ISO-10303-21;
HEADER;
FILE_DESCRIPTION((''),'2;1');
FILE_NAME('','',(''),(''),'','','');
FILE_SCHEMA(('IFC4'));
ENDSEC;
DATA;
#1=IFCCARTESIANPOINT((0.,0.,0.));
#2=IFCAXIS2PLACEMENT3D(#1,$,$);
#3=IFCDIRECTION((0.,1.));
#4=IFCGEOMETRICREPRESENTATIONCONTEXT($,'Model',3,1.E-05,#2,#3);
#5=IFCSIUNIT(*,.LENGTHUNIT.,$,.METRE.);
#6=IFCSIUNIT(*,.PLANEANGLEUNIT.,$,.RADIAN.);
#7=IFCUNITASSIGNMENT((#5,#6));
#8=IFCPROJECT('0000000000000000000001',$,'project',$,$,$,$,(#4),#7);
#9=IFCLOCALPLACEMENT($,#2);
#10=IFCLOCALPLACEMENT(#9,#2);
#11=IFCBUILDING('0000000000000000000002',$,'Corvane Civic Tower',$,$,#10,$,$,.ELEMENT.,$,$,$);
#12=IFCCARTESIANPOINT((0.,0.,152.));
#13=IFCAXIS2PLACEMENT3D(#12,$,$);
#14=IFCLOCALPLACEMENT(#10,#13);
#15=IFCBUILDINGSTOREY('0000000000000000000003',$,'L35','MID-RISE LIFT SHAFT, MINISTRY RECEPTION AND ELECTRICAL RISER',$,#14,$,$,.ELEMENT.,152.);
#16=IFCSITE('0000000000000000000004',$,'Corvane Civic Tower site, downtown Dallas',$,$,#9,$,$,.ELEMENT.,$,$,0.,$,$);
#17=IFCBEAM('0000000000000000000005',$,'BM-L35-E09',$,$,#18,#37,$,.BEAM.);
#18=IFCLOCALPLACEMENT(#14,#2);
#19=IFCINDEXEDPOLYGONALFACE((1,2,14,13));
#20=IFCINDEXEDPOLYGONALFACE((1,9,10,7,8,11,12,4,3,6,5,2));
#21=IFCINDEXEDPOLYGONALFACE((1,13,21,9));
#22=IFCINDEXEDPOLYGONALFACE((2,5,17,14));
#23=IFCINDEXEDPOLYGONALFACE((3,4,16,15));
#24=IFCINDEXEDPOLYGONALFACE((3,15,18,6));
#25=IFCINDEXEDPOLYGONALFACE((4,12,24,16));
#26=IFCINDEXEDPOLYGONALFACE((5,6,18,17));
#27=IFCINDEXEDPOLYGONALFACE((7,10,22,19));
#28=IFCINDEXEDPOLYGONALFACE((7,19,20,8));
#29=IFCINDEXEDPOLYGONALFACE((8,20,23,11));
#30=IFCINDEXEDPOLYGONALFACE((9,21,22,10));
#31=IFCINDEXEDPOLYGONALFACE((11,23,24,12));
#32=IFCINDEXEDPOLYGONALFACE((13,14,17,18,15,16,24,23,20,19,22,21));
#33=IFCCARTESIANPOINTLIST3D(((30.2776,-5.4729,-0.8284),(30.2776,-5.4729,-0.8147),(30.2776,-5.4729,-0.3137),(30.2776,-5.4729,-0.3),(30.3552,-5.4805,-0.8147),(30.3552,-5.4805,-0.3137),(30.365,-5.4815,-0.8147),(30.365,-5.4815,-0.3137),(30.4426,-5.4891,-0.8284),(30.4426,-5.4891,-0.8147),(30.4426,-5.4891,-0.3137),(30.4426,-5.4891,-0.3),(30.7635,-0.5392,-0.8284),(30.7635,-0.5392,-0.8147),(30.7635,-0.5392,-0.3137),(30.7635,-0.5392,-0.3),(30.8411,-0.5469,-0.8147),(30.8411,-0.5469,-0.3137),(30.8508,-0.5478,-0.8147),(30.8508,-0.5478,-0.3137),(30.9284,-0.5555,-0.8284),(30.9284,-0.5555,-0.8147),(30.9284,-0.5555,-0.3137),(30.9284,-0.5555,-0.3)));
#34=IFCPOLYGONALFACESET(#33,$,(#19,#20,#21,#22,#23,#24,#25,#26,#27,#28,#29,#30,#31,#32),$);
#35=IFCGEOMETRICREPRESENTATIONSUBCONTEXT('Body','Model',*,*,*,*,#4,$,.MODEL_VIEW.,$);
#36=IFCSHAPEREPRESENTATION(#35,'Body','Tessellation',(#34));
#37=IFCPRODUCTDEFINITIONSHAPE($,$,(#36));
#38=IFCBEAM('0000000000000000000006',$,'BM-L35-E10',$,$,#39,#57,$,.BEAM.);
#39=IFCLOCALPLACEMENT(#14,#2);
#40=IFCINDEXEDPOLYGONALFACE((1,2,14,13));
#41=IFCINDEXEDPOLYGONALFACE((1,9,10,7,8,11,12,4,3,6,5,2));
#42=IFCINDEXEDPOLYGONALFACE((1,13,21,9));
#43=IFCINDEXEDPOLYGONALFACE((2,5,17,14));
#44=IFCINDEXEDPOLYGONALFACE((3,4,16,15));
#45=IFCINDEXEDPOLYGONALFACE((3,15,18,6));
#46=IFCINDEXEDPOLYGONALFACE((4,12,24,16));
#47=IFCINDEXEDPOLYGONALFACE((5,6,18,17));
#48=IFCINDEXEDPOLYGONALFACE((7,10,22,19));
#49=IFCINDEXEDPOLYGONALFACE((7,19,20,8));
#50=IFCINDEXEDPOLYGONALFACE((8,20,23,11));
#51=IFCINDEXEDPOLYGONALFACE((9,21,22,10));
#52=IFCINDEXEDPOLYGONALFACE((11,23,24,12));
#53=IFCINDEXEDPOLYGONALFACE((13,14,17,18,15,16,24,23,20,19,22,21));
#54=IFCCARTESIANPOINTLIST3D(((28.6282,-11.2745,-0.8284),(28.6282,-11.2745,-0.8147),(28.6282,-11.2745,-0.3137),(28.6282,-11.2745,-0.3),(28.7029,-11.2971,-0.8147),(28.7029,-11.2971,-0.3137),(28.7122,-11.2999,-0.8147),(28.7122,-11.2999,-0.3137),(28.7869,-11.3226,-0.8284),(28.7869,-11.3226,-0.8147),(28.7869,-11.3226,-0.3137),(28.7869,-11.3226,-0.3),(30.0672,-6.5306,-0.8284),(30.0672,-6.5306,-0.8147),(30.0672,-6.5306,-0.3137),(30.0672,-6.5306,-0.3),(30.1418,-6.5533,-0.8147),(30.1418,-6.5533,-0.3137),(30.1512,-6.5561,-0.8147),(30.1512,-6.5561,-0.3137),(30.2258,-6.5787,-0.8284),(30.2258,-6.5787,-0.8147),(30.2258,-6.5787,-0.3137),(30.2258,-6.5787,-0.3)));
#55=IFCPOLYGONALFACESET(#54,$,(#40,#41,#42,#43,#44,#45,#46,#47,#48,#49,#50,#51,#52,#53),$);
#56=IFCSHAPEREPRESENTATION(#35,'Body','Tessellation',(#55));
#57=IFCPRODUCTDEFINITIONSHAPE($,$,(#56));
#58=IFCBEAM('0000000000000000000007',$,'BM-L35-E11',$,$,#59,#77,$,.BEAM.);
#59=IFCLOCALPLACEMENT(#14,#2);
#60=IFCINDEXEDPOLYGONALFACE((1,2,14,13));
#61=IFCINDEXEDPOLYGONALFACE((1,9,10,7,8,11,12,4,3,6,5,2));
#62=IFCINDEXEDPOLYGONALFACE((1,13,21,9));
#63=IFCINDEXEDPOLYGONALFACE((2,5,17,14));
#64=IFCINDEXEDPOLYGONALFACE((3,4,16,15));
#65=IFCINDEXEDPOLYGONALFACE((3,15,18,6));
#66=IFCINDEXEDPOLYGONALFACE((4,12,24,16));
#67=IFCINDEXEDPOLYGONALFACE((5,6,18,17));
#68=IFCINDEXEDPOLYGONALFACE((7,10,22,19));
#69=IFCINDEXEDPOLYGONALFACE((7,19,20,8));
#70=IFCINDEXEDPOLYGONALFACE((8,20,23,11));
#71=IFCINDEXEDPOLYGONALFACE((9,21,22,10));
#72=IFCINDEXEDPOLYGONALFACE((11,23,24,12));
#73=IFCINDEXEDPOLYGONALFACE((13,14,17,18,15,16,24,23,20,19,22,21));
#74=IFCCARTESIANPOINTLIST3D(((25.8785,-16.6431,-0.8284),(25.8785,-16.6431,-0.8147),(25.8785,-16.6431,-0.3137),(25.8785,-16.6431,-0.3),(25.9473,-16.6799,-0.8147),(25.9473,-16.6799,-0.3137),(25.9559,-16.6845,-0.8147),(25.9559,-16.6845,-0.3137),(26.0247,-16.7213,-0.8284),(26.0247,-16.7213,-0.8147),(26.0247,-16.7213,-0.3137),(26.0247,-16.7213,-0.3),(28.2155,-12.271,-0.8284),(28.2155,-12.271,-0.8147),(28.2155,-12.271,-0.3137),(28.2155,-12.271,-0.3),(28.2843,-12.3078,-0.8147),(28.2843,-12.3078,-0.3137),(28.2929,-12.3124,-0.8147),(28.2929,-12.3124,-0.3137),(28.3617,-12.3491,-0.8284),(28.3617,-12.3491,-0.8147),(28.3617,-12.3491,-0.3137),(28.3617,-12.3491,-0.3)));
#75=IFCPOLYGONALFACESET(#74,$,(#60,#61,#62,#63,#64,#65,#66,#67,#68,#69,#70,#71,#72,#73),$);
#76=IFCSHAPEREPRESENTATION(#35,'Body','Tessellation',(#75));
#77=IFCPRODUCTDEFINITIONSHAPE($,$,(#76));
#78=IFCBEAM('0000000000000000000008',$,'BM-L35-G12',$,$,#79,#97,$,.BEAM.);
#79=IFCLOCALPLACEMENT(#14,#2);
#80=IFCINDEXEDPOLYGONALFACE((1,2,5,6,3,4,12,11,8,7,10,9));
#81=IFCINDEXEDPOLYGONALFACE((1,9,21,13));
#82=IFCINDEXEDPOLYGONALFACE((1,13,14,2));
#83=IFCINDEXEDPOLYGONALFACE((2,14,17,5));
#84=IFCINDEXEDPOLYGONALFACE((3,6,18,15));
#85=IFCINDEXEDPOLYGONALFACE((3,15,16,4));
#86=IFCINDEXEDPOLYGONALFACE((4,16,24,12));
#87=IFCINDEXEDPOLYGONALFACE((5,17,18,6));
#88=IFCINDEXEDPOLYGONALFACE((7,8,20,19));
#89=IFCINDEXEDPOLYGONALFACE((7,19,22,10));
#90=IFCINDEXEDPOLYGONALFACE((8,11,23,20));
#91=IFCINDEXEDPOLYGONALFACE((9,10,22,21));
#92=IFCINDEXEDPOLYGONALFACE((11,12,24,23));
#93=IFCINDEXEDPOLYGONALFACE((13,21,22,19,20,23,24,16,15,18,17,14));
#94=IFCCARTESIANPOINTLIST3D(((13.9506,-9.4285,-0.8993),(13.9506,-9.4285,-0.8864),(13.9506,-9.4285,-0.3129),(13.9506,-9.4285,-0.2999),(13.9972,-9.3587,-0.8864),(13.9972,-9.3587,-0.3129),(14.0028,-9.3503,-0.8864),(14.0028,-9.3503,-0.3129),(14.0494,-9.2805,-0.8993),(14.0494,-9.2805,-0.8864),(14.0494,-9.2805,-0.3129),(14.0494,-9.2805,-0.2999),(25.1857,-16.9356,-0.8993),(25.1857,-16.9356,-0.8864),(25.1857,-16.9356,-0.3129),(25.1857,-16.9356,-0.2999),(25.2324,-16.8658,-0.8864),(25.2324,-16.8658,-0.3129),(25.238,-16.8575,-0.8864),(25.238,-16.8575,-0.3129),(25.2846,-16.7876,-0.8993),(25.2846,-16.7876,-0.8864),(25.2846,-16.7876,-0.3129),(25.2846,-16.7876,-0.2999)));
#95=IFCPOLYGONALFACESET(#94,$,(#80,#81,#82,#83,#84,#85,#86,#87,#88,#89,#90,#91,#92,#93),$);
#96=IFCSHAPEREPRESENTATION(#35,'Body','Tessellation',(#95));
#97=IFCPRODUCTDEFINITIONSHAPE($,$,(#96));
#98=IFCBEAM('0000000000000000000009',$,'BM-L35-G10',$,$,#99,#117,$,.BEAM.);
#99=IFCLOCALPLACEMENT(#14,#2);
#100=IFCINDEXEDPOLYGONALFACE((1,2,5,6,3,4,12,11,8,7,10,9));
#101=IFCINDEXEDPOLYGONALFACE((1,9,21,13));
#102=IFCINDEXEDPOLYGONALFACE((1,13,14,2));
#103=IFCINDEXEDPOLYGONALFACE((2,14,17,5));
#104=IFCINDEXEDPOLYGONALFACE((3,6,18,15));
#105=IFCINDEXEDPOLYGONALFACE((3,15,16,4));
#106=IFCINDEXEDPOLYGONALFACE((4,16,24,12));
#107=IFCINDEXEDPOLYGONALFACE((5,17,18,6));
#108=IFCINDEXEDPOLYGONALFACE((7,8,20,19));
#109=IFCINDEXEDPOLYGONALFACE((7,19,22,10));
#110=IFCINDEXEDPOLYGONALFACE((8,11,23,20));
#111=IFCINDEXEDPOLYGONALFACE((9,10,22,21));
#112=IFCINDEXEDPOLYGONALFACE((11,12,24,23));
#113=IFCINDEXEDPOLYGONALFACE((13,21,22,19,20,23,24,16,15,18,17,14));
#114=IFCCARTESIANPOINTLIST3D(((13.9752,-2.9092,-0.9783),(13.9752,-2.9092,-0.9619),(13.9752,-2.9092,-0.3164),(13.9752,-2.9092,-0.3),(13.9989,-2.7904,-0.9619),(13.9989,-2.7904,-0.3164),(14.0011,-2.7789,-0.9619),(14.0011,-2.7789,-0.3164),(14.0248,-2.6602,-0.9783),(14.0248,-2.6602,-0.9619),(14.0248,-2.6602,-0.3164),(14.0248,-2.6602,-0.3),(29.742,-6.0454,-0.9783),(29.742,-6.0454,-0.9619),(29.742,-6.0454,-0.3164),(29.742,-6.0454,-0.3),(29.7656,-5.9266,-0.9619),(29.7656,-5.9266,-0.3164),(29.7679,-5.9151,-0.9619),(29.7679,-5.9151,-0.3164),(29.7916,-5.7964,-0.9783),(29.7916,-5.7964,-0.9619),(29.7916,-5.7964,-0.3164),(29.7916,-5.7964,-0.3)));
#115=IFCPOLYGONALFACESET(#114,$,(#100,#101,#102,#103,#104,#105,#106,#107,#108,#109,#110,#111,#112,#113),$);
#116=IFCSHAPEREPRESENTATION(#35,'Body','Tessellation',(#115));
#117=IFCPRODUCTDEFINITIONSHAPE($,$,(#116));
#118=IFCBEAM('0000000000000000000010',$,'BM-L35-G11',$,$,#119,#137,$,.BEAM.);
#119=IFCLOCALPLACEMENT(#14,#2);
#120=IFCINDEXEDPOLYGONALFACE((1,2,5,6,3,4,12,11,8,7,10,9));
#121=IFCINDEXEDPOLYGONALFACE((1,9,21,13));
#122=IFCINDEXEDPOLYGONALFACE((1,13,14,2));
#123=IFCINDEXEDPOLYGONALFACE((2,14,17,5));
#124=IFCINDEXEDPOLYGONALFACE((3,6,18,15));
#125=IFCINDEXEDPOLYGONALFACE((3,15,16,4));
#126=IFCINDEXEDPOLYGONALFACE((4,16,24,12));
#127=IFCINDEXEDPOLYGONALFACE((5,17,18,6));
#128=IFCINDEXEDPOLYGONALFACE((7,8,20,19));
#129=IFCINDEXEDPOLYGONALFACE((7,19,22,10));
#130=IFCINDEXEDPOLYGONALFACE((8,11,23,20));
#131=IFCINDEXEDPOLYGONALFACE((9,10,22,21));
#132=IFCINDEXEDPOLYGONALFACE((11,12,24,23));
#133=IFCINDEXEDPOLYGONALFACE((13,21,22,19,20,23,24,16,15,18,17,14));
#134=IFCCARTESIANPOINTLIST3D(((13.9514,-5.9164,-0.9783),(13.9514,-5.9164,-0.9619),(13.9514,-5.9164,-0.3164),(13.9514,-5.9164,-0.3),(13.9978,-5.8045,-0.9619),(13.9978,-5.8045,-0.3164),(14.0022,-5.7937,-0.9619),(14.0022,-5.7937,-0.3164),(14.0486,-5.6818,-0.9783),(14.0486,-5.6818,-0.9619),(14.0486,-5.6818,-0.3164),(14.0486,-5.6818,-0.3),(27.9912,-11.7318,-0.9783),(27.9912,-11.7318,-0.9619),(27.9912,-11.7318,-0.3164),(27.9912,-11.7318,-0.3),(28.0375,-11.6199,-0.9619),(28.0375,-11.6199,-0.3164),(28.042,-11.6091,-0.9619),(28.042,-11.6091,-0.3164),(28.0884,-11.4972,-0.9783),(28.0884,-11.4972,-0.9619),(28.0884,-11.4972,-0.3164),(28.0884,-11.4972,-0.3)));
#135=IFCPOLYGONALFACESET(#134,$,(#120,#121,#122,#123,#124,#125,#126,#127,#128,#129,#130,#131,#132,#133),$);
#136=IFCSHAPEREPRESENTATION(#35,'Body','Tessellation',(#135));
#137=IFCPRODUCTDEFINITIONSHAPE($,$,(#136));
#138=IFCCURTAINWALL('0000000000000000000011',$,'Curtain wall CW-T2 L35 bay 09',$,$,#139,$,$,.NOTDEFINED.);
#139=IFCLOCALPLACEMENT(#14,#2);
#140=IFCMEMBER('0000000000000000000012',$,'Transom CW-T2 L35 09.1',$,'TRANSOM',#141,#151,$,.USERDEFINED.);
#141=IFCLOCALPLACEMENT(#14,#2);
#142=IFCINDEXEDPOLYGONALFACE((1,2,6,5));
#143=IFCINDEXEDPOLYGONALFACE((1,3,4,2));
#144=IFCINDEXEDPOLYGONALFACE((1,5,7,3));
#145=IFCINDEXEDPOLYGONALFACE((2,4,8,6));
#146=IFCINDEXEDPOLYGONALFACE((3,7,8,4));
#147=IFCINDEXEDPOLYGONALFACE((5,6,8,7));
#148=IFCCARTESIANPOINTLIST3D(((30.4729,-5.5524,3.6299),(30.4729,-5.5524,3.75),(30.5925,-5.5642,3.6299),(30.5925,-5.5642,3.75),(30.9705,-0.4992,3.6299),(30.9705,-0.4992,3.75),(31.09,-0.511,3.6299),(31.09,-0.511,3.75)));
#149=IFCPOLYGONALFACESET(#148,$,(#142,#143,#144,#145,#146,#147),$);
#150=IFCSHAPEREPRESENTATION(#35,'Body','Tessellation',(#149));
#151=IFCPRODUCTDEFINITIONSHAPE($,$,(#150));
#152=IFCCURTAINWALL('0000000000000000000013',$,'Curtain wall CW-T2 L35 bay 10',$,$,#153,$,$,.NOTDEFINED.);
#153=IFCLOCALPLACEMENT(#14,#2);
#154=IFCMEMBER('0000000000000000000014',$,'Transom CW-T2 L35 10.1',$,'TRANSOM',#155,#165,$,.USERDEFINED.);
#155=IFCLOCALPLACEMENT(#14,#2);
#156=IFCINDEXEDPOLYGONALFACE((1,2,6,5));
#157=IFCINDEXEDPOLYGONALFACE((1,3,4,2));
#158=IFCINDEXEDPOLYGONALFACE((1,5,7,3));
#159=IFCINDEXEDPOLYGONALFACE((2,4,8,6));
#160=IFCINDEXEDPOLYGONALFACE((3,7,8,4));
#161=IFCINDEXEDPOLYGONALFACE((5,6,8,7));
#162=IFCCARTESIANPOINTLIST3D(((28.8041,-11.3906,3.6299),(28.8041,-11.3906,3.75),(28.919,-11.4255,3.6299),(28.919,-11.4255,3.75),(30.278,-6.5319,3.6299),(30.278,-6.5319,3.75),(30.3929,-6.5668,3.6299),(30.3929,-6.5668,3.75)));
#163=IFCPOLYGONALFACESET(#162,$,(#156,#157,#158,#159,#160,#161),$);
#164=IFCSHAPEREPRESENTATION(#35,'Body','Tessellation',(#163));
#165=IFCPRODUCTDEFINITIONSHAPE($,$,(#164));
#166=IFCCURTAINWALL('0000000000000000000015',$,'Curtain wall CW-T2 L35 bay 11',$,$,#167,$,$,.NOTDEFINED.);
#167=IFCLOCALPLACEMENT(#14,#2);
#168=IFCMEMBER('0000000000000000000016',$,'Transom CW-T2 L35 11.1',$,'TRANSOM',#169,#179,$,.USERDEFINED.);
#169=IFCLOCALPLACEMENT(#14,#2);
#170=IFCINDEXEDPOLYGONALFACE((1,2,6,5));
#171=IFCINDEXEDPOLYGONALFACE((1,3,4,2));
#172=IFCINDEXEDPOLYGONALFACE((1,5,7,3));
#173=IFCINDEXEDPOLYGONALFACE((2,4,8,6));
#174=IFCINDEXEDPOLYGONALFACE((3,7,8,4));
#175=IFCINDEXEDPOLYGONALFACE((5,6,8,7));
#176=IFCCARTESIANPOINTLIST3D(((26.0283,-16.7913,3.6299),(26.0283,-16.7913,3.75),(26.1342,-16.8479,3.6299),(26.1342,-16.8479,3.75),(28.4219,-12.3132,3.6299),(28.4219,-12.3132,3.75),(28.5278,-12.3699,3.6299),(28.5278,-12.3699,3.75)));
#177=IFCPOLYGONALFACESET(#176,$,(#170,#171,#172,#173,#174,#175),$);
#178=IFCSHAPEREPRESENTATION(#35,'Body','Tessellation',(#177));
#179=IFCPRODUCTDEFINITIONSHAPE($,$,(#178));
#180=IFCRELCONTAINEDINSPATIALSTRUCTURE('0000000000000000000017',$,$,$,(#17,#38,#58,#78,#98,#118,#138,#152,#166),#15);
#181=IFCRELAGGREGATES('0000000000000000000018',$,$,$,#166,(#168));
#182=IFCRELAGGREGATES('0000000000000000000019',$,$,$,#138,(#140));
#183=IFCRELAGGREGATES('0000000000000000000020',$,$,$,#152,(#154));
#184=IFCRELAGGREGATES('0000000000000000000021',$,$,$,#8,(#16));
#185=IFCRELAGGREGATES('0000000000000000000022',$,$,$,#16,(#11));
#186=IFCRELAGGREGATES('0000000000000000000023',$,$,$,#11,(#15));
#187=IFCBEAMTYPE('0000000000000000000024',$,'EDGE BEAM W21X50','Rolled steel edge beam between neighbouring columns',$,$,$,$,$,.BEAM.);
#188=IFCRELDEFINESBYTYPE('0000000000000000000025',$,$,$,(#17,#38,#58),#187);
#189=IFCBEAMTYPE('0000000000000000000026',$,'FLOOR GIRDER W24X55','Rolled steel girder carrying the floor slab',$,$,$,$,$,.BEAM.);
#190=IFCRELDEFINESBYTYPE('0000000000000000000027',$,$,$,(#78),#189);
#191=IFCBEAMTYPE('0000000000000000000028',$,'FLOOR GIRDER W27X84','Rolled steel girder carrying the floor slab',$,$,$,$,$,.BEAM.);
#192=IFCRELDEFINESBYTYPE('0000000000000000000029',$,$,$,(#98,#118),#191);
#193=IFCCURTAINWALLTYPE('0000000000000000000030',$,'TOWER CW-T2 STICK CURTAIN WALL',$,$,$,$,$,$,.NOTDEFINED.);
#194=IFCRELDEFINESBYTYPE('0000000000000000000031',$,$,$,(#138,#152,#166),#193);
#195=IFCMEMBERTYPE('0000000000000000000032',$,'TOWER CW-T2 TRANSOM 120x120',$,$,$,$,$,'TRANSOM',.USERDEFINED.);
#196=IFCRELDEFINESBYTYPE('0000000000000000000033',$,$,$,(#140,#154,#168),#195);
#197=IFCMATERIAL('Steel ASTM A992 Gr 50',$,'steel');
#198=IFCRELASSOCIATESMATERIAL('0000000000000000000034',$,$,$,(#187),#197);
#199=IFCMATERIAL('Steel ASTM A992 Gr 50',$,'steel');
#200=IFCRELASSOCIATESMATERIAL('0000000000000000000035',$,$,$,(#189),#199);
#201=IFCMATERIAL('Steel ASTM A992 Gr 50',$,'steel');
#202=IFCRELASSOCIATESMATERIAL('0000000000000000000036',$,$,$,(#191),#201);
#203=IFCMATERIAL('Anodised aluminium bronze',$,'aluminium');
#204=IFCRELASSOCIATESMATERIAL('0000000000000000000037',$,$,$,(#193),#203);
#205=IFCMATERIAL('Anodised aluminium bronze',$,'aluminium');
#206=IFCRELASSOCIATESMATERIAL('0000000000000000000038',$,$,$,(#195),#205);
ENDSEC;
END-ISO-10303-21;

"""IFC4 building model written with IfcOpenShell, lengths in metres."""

from ifc_helpers import new_model, si_unit, direction, frame, origin, origin_2d, place, context, subcontext, project, spatial, rectangle, i_section, extrude, material, material_profile, profile_set, type_object, element, aggregate, save


model = new_model("IFC4")

# Units and contexts
model_context = context("Model", 3, precision=1e-05, world=origin(), true_north=direction((0.0, 1.0)))
body_context = subcontext(model_context, "Body", "Model", "MODEL_VIEW")
ifc_project = project(units=[si_unit("LENGTHUNIT", "METRE"), si_unit("PLANEANGLEUNIT", "RADIAN")], contexts=[model_context])

# Site, building, storey
site_placement = place(None, origin())
site = spatial("IfcSite", under=ifc_project, at=site_placement, Name="Corvane Civic Tower site, downtown Dallas", CompositionType="ELEMENT", RefElevation=0.0)
building_placement = place(site_placement, origin())
building = spatial("IfcBuilding", under=site, at=building_placement, Name="Corvane Civic Tower", CompositionType="ELEMENT")
storey_placement = place(building_placement, frame((0.0, 0.0, 152.0)))
storey = spatial("IfcBuildingStorey", under=building, at=storey_placement, Name="L35", Description="MID-RISE LIFT SHAFT, MINISTRY RECEPTION AND ELECTRICAL RISER", CompositionType="ELEMENT", Elevation=152.0)

# Beams
ifc_material_1 = material(Name="Steel ASTM A992 Gr 50", Category="steel")
ifc_material_profile_1 = material_profile(ifc_material_1, i_section(OverallWidth=0.1658, OverallDepth=0.5283, WebThickness=0.0098, FlangeThickness=0.0137, at=origin_2d()), Name="W21X50")
ifc_profile_set_1 = profile_set([ifc_material_profile_1], Name="Steel ASTM A992 Gr 50")
beam_type_1 = type_object("IfcBeamType", Name="EDGE BEAM W21X50", Description="Rolled steel edge beam between neighbouring columns", PredefinedType="BEAM", material=ifc_profile_set_1)
beam_1_placement = place(storey_placement, frame((30.8459, -0.5474, -0.5642), z_axis=(-0.098002, -0.995186, 0.0), x_axis=(0.995186, -0.098002, 0.0)))
element("IfcBeam", 1, at=beam_1_placement, inside=storey, type_object=beam_type_1, Name="BM-L35-E09", PredefinedType="BEAM", context=body_context, shape_type="SweptSolid", body=[
    extrude(i_section(OverallWidth=0.1658, OverallDepth=0.5283, WebThickness=0.0098, FlangeThickness=0.0137, at=origin_2d()), origin(), (0.0, 0.0, 1.0), 4.9575),
])
beam_2_placement = place(storey_placement, frame((30.1465, -6.5547, -0.5642), z_axis=(-0.29027, -0.956945, 0.0), x_axis=(0.956945, -0.29027, 0.0)))
element("IfcBeam", 2, at=beam_2_placement, inside=storey, type_object=beam_type_1, Name="BM-L35-E10", PredefinedType="BEAM", context=body_context, shape_type="SweptSolid", body=[
    extrude(i_section(OverallWidth=0.1658, OverallDepth=0.5283, WebThickness=0.0098, FlangeThickness=0.0137, at=origin_2d()), origin(), (0.0, 0.0, 1.0), 4.9573),
])
beam_3_placement = place(storey_placement, frame((28.2886, -12.3101, -0.5642), z_axis=(-0.471396, -0.881922, 0.0), x_axis=(0.881922, -0.471396, 0.0)))
element("IfcBeam", 3, at=beam_3_placement, inside=storey, type_object=beam_type_1, Name="BM-L35-E11", PredefinedType="BEAM", context=body_context, shape_type="SweptSolid", body=[
    extrude(i_section(OverallWidth=0.1658, OverallDepth=0.5283, WebThickness=0.0098, FlangeThickness=0.0137, at=origin_2d()), origin(), (0.0, 0.0, 1.0), 4.9575),
])
ifc_material_2 = material(Name="Steel ASTM A992 Gr 50", Category="steel")
ifc_material_profile_2 = material_profile(ifc_material_2, i_section(OverallWidth=0.178, OverallDepth=0.5994, WebThickness=0.01, FlangeThickness=0.0129, at=origin_2d()), Name="W24X55")
ifc_profile_set_2 = profile_set([ifc_material_profile_2], Name="Steel ASTM A992 Gr 50")
beam_type_2 = type_object("IfcBeamType", Name="FLOOR GIRDER W24X55", Description="Rolled steel girder carrying the floor slab", PredefinedType="BEAM", material=ifc_profile_set_2)
beam_4_placement = place(storey_placement, frame((14.0, -9.3545, -0.5996), z_axis=(0.831469, -0.555571, 0.0), x_axis=(0.555571, 0.831469, 0.0)))
element("IfcBeam", 4, at=beam_4_placement, inside=storey, type_object=beam_type_2, Name="BM-L35-G12", PredefinedType="BEAM", context=body_context, shape_type="SweptSolid", body=[
    extrude(i_section(OverallWidth=0.178, OverallDepth=0.5994, WebThickness=0.01, FlangeThickness=0.0129, at=origin_2d()), origin(), (0.0, 0.0, 1.0), 13.5125),
])
ifc_material_3 = material(Name="Steel ASTM A992 Gr 50", Category="steel")
ifc_material_profile_3 = material_profile(ifc_material_3, i_section(OverallWidth=0.2539, OverallDepth=0.6782, WebThickness=0.0117, FlangeThickness=0.0164, at=origin_2d()), Name="W27X84")
ifc_profile_set_3 = profile_set([ifc_material_profile_3], Name="Steel ASTM A992 Gr 50")
beam_type_3 = type_object("IfcBeamType", Name="FLOOR GIRDER W27X84", Description="Rolled steel girder carrying the floor slab", PredefinedType="BEAM", material=ifc_profile_set_3)
beam_5_placement = place(storey_placement, frame((14.0, -2.7847, -0.6392), z_axis=(0.980785, -0.195091, 0.0), x_axis=(0.195091, 0.980785, 0.0)))
element("IfcBeam", 5, at=beam_5_placement, inside=storey, type_object=beam_type_3, Name="BM-L35-G10", PredefinedType="BEAM", context=body_context, shape_type="SweptSolid", body=[
    extrude(i_section(OverallWidth=0.2539, OverallDepth=0.6782, WebThickness=0.0117, FlangeThickness=0.0164, at=origin_2d()), origin(), (0.0, 0.0, 1.0), 16.0757),
])
beam_6_placement = place(storey_placement, frame((14.0, -5.7991, -0.6392), z_axis=(0.923881, -0.382681, 0.0), x_axis=(0.382681, 0.923881, 0.0)))
element("IfcBeam", 6, at=beam_6_placement, inside=storey, type_object=beam_type_3, Name="BM-L35-G11", PredefinedType="BEAM", context=body_context, shape_type="SweptSolid", body=[
    extrude(i_section(OverallWidth=0.2539, OverallDepth=0.6782, WebThickness=0.0117, FlangeThickness=0.0164, at=origin_2d()), origin(), (0.0, 0.0, 1.0), 15.1965),
])

# Curtain walls, members
ifc_material_4 = material(Name="Anodised aluminium bronze", Category="aluminium")
curtain_wall_type = type_object("IfcCurtainWallType", Name="TOWER CW-T2 STICK CURTAIN WALL", PredefinedType="NOTDEFINED", material=ifc_material_4)
curtain_wall_1_placement = place(storey_placement, origin())
curtain_wall_1 = element("IfcCurtainWall", 7, at=curtain_wall_1_placement, inside=storey, type_object=curtain_wall_type, Name="Curtain wall CW-T2 L35 bay 09", PredefinedType="NOTDEFINED")
ifc_material_5 = material(Name="Anodised aluminium bronze", Category="aluminium")
ifc_material_profile_4 = material_profile(ifc_material_5, rectangle(XDim=0.1201, YDim=0.1201, at=origin_2d()), Name="TOWER CW-T2 TRANSOM 120x120")
ifc_profile_set_4 = profile_set([ifc_material_profile_4], Name="Anodised aluminium bronze")
member_type = type_object("IfcMemberType", Name="TOWER CW-T2 TRANSOM 120x120", ElementType="TRANSOM", PredefinedType="USERDEFINED", material=ifc_profile_set_4)
member_1_placement = place(storey_placement, frame((31.0303, -0.5051, 3.6899), z_axis=(-0.09799, -0.995187, 0.0), x_axis=(0.995187, -0.09799, 0.0)))
member_1 = element("IfcMember", 8, at=member_1_placement, type_object=member_type, Name="Transom CW-T2 L35 09.1", ObjectType="TRANSOM", PredefinedType="USERDEFINED", context=body_context, shape_type="SweptSolid", body=[
    extrude(rectangle(XDim=0.1201, YDim=0.1201, at=origin_2d()), origin(), (0.0, 0.0, 1.0), 5.0776),
])
curtain_wall_2_placement = place(storey_placement, origin())
curtain_wall_2 = element("IfcCurtainWall", 9, at=curtain_wall_2_placement, inside=storey, type_object=curtain_wall_type, Name="Curtain wall CW-T2 L35 bay 10", PredefinedType="NOTDEFINED")
member_2_placement = place(storey_placement, frame((30.3354, -6.5493, 3.6899), z_axis=(-0.290289, -0.956939, 0.0), x_axis=(0.956939, -0.290289, 0.0)))
member_2 = element("IfcMember", 10, at=member_2_placement, type_object=member_type, Name="Transom CW-T2 L35 10.1", ObjectType="TRANSOM", PredefinedType="USERDEFINED", context=body_context, shape_type="SweptSolid", body=[
    extrude(rectangle(XDim=0.1201, YDim=0.1201, at=origin_2d()), origin(), (0.0, 0.0, 1.0), 5.0774),
])
curtain_wall_3_placement = place(storey_placement, origin())
curtain_wall_3 = element("IfcCurtainWall", 11, at=curtain_wall_3_placement, inside=storey, type_object=curtain_wall_type, Name="Curtain wall CW-T2 L35 bay 11", PredefinedType="NOTDEFINED")
member_3_placement = place(storey_placement, frame((28.4749, -12.3416, 3.6899), z_axis=(-0.471397, -0.881921, 0.0), x_axis=(0.881921, -0.471397, 0.0)))
member_3 = element("IfcMember", 12, at=member_3_placement, type_object=member_type, Name="Transom CW-T2 L35 11.1", ObjectType="TRANSOM", PredefinedType="USERDEFINED", context=body_context, shape_type="SweptSolid", body=[
    extrude(rectangle(XDim=0.1201, YDim=0.1201, at=origin_2d()), origin(), (0.0, 0.0, 1.0), 5.0776),
])
aggregate(curtain_wall_3, [member_3])

aggregate(curtain_wall_1, [member_1])
aggregate(curtain_wall_2, [member_2])

save(model, "model.ifc")
